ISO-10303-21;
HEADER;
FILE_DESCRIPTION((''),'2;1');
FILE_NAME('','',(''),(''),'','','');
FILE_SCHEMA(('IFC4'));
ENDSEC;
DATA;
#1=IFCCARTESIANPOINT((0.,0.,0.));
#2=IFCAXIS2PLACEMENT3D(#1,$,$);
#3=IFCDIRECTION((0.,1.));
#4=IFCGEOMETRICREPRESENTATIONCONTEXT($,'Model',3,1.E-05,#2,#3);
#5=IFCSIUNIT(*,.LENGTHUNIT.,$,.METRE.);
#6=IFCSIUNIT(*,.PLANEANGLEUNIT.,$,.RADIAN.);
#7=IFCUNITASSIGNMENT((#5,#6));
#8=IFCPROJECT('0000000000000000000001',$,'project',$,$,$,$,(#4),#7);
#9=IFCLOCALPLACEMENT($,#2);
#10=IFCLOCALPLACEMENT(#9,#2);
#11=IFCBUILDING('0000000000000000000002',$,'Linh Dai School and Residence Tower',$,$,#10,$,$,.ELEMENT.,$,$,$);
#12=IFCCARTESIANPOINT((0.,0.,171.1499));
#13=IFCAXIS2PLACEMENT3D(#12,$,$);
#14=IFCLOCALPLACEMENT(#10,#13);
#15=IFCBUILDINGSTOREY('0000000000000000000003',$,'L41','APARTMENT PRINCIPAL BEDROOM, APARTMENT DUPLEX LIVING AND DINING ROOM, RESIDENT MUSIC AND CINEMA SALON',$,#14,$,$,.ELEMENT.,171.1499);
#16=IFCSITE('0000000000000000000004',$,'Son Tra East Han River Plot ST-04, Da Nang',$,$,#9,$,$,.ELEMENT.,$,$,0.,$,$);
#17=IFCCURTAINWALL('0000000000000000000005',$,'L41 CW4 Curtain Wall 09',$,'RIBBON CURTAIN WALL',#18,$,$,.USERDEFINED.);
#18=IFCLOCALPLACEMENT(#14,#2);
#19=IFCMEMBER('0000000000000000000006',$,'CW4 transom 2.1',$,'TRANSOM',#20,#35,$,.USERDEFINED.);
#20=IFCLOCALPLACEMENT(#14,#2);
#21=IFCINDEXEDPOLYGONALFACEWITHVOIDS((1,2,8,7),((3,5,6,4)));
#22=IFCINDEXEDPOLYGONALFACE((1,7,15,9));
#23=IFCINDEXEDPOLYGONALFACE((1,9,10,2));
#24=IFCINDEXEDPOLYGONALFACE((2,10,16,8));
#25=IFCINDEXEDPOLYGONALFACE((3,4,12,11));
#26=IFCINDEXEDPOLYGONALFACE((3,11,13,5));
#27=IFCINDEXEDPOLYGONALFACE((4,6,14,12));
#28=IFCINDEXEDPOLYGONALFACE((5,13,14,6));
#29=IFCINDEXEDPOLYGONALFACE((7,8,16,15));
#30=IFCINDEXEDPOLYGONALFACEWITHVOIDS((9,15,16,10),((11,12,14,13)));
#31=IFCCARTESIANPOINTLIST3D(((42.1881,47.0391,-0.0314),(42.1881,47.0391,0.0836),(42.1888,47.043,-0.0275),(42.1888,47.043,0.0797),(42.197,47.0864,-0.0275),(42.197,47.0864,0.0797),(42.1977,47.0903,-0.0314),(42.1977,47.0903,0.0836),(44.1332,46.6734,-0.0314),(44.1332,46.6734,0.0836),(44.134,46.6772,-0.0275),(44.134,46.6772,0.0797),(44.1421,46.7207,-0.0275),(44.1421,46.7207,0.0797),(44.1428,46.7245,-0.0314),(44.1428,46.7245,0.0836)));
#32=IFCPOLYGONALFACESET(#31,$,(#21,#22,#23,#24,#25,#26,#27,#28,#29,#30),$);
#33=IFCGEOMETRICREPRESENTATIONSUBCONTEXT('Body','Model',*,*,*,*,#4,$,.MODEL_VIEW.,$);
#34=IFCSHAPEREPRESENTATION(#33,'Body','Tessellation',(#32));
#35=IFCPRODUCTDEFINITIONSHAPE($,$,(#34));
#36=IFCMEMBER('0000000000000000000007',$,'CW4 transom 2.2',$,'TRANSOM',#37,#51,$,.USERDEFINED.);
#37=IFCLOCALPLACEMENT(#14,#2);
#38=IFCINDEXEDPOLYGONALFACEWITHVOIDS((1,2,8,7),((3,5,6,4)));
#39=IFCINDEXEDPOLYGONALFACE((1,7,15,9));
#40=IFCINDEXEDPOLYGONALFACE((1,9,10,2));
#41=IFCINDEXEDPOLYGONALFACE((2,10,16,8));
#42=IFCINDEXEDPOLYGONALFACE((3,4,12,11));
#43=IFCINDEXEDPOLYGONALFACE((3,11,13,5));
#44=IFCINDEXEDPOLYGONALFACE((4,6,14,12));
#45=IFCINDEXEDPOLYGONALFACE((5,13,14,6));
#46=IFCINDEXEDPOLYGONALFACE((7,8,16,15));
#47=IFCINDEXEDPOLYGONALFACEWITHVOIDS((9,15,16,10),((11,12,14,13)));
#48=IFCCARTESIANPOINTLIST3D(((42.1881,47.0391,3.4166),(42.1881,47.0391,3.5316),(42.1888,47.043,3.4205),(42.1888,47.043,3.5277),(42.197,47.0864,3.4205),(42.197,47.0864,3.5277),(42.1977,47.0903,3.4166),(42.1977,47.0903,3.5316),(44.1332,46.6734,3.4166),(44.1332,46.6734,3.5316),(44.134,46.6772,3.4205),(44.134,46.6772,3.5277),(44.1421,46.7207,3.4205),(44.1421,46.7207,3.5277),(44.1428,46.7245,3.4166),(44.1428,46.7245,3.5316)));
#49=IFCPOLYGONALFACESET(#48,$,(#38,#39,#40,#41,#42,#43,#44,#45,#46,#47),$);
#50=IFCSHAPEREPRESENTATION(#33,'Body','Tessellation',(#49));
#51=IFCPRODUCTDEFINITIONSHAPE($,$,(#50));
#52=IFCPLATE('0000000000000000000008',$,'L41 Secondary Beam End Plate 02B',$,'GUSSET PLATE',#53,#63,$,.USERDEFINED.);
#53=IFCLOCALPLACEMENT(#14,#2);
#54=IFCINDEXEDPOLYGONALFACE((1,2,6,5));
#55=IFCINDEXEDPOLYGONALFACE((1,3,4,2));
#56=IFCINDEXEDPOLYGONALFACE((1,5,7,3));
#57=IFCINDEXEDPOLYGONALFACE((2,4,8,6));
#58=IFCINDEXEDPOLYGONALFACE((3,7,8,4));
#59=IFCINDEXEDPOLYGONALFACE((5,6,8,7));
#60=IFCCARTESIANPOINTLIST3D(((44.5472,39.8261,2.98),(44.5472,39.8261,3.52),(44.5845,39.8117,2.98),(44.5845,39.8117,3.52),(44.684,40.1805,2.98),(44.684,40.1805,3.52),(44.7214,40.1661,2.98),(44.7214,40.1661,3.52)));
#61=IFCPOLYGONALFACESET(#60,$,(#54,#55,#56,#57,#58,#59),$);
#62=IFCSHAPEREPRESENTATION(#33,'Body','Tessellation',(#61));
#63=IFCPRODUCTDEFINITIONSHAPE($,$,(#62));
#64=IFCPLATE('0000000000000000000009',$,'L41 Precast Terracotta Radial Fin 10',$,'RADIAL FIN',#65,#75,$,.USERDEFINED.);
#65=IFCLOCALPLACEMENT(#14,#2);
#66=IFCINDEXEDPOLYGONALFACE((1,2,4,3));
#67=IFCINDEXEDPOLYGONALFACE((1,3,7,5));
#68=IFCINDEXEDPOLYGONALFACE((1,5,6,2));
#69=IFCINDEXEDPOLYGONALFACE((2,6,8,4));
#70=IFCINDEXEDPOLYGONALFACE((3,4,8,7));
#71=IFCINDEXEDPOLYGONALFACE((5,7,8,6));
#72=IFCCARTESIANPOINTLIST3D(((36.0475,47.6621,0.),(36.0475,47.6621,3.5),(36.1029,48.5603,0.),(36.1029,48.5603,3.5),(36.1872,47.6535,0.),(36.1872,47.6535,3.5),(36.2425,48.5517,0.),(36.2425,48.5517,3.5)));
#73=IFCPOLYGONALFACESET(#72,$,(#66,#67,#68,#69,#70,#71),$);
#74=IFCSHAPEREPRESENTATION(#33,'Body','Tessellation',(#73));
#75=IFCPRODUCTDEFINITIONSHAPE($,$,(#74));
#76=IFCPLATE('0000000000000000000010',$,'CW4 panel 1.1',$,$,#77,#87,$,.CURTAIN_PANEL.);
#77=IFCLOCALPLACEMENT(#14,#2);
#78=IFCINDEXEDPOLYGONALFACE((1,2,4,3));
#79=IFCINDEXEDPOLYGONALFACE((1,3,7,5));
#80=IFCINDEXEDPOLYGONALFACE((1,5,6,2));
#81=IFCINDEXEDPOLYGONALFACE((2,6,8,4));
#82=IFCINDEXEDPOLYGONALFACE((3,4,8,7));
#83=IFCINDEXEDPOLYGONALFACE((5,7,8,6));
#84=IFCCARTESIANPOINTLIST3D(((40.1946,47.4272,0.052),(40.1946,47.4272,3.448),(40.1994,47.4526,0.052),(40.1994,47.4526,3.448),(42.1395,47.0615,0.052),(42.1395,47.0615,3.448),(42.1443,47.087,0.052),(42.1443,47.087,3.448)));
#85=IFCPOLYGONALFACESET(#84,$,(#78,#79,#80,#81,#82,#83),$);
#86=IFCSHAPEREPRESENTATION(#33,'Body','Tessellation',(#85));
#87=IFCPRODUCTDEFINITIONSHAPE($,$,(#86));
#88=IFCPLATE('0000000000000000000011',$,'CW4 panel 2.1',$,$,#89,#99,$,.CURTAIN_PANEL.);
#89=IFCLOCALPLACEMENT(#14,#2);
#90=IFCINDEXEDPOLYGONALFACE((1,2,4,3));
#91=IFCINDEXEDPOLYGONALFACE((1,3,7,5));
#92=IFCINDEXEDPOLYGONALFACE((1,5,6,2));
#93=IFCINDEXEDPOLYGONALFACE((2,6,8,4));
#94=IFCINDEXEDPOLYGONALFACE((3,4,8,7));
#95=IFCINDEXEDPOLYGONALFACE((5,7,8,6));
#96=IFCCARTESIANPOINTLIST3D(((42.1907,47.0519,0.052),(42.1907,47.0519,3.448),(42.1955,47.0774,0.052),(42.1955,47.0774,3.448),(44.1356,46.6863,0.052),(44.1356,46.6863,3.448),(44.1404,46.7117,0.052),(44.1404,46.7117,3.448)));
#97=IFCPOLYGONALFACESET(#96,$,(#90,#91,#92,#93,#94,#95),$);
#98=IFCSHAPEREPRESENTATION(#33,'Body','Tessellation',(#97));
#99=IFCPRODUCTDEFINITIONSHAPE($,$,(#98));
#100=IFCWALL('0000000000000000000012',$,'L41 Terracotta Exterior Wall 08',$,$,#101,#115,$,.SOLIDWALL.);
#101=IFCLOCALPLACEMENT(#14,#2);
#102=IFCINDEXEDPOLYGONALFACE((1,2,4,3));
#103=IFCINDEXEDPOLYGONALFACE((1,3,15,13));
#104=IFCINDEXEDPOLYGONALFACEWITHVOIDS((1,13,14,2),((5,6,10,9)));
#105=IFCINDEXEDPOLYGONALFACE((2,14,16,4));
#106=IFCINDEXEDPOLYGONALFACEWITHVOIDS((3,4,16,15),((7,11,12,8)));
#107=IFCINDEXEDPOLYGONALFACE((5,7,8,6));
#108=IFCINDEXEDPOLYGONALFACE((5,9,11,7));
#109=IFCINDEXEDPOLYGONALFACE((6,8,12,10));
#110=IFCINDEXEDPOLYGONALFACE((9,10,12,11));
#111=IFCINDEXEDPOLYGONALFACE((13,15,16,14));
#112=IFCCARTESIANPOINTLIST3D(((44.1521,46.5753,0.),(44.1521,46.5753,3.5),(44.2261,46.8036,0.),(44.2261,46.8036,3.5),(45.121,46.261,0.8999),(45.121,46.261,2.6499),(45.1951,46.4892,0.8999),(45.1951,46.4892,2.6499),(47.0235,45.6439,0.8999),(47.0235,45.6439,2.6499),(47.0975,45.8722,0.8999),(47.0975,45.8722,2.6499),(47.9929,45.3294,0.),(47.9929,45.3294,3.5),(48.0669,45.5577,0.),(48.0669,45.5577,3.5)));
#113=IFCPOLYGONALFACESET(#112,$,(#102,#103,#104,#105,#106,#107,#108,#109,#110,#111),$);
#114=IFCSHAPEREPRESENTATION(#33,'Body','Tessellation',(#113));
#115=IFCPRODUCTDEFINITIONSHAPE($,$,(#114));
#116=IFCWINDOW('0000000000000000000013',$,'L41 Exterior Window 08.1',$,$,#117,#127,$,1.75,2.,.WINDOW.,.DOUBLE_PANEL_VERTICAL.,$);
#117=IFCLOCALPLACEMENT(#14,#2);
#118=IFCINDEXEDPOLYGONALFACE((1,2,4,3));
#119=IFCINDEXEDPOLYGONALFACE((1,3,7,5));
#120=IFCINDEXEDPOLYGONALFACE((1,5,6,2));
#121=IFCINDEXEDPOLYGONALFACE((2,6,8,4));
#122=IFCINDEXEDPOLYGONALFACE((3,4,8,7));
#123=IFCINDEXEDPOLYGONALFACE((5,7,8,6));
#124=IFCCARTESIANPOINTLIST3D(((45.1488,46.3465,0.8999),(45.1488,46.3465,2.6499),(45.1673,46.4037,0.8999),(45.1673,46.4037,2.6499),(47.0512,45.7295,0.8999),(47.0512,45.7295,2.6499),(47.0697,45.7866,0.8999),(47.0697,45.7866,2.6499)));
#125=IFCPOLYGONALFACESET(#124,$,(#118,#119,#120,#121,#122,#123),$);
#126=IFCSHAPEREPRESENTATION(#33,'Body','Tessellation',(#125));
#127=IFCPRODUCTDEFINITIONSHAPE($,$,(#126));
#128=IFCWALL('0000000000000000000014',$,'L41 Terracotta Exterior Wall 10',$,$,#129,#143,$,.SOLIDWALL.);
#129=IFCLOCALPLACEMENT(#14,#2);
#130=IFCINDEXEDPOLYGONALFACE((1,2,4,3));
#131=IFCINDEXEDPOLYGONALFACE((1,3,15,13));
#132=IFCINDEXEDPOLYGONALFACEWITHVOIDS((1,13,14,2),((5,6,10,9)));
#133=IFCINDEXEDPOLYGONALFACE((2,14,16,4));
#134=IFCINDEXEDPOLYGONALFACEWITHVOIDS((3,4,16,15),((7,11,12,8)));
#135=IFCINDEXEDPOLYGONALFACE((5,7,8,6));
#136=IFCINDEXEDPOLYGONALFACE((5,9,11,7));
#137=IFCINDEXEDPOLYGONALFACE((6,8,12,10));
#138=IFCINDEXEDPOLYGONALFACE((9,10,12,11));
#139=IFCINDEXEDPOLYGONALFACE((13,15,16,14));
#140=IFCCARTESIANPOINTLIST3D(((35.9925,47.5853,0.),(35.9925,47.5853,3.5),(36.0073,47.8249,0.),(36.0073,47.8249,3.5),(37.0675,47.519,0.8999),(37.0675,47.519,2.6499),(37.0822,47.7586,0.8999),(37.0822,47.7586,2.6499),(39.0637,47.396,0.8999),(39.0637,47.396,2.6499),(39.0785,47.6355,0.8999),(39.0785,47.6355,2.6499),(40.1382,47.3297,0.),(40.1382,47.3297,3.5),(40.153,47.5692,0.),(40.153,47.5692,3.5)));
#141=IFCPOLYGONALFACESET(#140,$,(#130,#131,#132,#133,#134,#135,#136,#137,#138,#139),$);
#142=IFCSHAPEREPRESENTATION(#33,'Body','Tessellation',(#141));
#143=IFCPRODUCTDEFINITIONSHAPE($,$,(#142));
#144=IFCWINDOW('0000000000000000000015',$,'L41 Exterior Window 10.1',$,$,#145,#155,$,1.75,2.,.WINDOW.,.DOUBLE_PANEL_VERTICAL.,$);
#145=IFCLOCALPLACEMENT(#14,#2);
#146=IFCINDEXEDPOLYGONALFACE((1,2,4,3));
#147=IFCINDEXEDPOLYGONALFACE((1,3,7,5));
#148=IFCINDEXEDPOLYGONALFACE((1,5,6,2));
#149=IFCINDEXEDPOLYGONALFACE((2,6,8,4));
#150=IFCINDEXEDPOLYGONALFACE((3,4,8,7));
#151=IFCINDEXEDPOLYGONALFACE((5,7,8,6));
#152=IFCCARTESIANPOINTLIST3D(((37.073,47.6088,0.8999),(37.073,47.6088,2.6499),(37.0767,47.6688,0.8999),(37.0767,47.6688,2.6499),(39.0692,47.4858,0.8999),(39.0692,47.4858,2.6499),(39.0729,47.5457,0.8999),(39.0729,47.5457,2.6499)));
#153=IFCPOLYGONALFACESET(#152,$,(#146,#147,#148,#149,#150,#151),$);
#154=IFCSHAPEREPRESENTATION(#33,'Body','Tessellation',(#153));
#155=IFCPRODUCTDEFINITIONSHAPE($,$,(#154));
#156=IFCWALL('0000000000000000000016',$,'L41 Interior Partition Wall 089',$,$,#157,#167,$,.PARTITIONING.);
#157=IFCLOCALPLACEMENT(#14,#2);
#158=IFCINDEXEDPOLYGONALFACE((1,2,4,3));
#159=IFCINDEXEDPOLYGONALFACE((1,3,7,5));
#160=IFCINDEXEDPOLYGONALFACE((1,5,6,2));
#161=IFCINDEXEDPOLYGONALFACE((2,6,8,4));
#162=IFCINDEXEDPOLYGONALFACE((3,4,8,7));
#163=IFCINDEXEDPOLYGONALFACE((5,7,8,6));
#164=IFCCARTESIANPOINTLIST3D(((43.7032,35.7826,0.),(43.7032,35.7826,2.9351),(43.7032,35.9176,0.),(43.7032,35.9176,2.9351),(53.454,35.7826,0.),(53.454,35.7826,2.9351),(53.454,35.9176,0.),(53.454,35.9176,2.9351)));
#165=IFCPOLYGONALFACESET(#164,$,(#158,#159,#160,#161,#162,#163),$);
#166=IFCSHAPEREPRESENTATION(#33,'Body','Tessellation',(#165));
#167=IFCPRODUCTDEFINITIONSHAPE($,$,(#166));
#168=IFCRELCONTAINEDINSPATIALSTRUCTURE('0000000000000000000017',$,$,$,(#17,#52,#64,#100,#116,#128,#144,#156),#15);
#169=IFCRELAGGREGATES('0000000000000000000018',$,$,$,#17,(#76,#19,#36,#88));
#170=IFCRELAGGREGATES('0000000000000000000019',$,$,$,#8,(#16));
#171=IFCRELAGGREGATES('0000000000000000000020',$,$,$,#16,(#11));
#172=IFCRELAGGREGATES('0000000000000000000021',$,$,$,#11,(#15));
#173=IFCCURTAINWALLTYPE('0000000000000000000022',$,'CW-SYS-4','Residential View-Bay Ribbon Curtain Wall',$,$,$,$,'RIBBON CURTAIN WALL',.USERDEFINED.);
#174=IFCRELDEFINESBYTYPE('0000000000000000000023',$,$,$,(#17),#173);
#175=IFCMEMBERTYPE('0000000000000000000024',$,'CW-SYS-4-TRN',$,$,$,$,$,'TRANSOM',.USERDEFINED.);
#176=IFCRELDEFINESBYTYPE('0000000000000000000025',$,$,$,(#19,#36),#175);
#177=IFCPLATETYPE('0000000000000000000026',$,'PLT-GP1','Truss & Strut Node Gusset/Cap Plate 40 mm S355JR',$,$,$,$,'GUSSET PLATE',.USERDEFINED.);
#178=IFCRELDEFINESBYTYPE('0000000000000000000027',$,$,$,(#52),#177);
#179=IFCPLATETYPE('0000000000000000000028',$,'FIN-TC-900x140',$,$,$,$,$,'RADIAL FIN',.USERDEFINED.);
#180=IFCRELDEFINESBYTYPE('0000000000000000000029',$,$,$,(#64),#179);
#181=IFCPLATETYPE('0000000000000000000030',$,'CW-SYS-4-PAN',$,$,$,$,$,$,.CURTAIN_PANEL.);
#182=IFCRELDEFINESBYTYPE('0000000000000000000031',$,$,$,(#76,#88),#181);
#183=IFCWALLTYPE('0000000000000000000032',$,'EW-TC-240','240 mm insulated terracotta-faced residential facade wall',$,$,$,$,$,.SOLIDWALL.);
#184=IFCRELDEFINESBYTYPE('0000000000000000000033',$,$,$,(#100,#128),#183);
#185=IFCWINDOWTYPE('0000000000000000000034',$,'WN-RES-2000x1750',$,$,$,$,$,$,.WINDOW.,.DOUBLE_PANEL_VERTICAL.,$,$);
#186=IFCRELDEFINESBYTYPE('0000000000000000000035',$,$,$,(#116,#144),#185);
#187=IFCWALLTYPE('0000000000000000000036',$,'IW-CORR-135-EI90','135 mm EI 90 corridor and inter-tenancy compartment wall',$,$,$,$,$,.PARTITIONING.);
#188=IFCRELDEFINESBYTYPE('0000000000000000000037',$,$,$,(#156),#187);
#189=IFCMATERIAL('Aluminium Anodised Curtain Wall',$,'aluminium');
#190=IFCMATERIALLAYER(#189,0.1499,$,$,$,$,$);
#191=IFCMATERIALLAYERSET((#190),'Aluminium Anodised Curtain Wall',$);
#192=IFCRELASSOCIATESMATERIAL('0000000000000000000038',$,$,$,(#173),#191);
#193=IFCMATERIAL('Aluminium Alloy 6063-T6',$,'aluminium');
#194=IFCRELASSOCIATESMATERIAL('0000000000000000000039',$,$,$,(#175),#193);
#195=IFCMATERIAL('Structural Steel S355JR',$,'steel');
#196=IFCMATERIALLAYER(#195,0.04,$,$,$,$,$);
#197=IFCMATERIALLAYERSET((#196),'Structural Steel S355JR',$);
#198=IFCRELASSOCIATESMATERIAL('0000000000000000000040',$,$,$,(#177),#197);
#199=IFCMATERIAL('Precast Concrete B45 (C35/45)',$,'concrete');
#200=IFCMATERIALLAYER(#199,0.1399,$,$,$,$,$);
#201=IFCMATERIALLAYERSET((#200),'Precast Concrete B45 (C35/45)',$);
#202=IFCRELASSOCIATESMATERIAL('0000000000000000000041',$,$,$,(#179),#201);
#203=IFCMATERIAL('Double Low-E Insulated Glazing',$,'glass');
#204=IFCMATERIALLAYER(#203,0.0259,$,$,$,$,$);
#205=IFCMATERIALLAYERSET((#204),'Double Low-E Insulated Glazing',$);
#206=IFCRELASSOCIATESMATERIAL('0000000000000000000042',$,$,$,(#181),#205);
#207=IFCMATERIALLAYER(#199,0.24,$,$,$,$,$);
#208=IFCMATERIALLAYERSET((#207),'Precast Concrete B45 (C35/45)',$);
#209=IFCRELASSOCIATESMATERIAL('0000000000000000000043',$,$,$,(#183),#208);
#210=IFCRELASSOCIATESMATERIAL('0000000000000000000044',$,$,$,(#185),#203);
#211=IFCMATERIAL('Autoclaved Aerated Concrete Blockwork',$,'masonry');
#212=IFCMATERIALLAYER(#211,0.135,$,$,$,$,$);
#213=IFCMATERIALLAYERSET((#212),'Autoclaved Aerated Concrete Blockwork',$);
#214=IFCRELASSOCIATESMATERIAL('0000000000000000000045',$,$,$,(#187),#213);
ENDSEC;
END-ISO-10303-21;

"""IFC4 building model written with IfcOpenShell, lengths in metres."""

from ifc_helpers import new_model, si_unit, direction, frame, frame_2d, origin, origin_2d, place, context, subcontext, project, spatial, rectangle, hollow_rectangle, extrude, source, transform, mapped, material, layer, layer_set, material_profile, profile_set, type_object, element, fill, aggregate, save


model = new_model("IFC4")

# Units and contexts
model_context = context("Model", 3, precision=1e-05, world=origin(), true_north=direction((0.0, 1.0)))
body_context = subcontext(model_context, "Body", "Model", "MODEL_VIEW")
ifc_project = project(units=[si_unit("LENGTHUNIT", "METRE"), si_unit("PLANEANGLEUNIT", "RADIAN")], contexts=[model_context])

# Site, building, storey
site_placement = place(None, origin())
site = spatial("IfcSite", under=ifc_project, at=site_placement, Name="Son Tra East Han River Plot ST-04, Da Nang", CompositionType="ELEMENT", RefElevation=0.0)
building_placement = place(site_placement, origin())
building = spatial("IfcBuilding", under=site, at=building_placement, Name="Linh Dai School and Residence Tower", CompositionType="ELEMENT")
storey_placement = place(building_placement, frame((0.0, 0.0, 171.1499)))
storey = spatial("IfcBuildingStorey", under=building, at=storey_placement, Name="L41", Description="APARTMENT PRINCIPAL BEDROOM, APARTMENT DUPLEX LIVING AND DINING ROOM, RESIDENT MUSIC AND CINEMA SALON", CompositionType="ELEMENT", Elevation=171.1499)

# Shared definitions
ifc_material_1 = material(Name="Structural Steel S355JR", Category="steel")

# Curtain wall, members
ifc_material_2 = material(Name="Aluminium Anodised Curtain Wall", Category="aluminium")
ifc_layer_1 = layer(ifc_material_2, 0.1499)
ifc_layer_set_1 = layer_set([ifc_layer_1], Name="Aluminium Anodised Curtain Wall")
curtain_wall_type = type_object("IfcCurtainWallType", Name="CW-SYS-4", Description="Residential View-Bay Ribbon Curtain Wall", ElementType="RIBBON CURTAIN WALL", PredefinedType="USERDEFINED", material=ifc_layer_set_1)
curtain_wall_placement = place(storey_placement, origin())
curtain_wall = element("IfcCurtainWall", 1, at=curtain_wall_placement, inside=storey, type_object=curtain_wall_type, Name="L41 CW4 Curtain Wall 09", ObjectType="RIBBON CURTAIN WALL", PredefinedType="USERDEFINED")
ifc_material_3 = material(Name="Aluminium Alloy 6063-T6", Category="aluminium")
ifc_material_profile_1 = material_profile(ifc_material_3, hollow_rectangle(XDim=0.052, YDim=0.115, WallThickness=0.0039, at=origin_2d()), Name="RHS 115x52x4")
ifc_profile_set_1 = profile_set([ifc_material_profile_1], Name="Aluminium Alloy 6063-T6")
member_type_1 = type_object("IfcMemberType", Name="CW-SYS-4-TRN", ElementType="TRANSOM", PredefinedType="USERDEFINED", material=ifc_profile_set_1)
shared_shape_1 = source(origin(), body_context, "Body", "SweptSolid", [
    extrude(hollow_rectangle(XDim=0.052, YDim=0.115, WallThickness=0.0039, at=origin_2d()), origin(), (0.0, 0.0, 1.0), 1.9792),
])
member_1_placement = place(storey_placement, frame((42.1929, 47.0647, 0.0261), z_axis=(0.982778, -0.184788, 0.0), x_axis=(0.184788, 0.982778, 0.0)))
member_1 = element("IfcMember", 2, at=member_1_placement, type_object=member_type_1, Name="CW4 transom 2.1", ObjectType="TRANSOM", PredefinedType="USERDEFINED", context=body_context, shape_type="MappedRepresentation", body=[
    mapped(shared_shape_1, transform((0.0, 0.0, 0.0), x_axis=(1.0, 0.0, 0.0), y_axis=(0.0, 1.0, 0.0), z_axis=(0.0, 0.0, 1.0), scale=1.0)),
])
member_2_placement = place(storey_placement, frame((42.1929, 47.0647, 3.4741), z_axis=(0.982778, -0.184788, 0.0), x_axis=(0.184788, 0.982778, 0.0)))
member_2 = element("IfcMember", 3, at=member_2_placement, type_object=member_type_1, Name="CW4 transom 2.2", ObjectType="TRANSOM", PredefinedType="USERDEFINED", context=body_context, shape_type="MappedRepresentation", body=[
    mapped(shared_shape_1, transform((0.0, 0.0, 0.0), x_axis=(1.0, 0.0, 0.0), y_axis=(0.0, 1.0, 0.0), z_axis=(0.0, 0.0, 1.0), scale=1.0)),
])

# Plates
ifc_layer_2 = layer(ifc_material_1, 0.04)
ifc_layer_set_2 = layer_set([ifc_layer_2], Name="Structural Steel S355JR")
plate_type_1 = type_object("IfcPlateType", Name="PLT-GP1", Description="Truss & Strut Node Gusset/Cap Plate 40 mm S355JR", ElementType="GUSSET PLATE", PredefinedType="USERDEFINED", material=ifc_layer_set_2)
shared_shape_2 = source(origin(), body_context, "Body", "SweptSolid", [
    extrude(rectangle(XDim=0.04, YDim=0.3799, at=origin_2d()), origin(), (0.0, 0.0, 1.0), 0.54),
])
plate_1_placement = place(storey_placement, frame((44.6343, 39.9961, 2.98), z_axis=(0.0, 0.0, 1.0), x_axis=(-0.932823, 0.360335, 0.0)))
element("IfcPlate", 4, at=plate_1_placement, inside=storey, type_object=plate_type_1, Name="L41 Secondary Beam End Plate 02B", ObjectType="GUSSET PLATE", PredefinedType="USERDEFINED", context=body_context, shape_type="MappedRepresentation", body=[
    mapped(shared_shape_2, transform((0.0, 0.0, 0.0), x_axis=(1.0, 0.0, 0.0), y_axis=(0.0, 1.0, 0.0), z_axis=(0.0, 0.0, 1.0), scale=1.0)),
])
ifc_material_4 = material(Name="Precast Concrete B45 (C35/45)", Category="concrete")
ifc_layer_3 = layer(ifc_material_4, 0.1399)
ifc_layer_set_3 = layer_set([ifc_layer_3], Name="Precast Concrete B45 (C35/45)")
plate_type_2 = type_object("IfcPlateType", Name="FIN-TC-900x140", ElementType="RADIAL FIN", PredefinedType="USERDEFINED", material=ifc_layer_set_3)
shared_shape_3 = source(origin(), body_context, "Body", "SweptSolid", [
    extrude(rectangle(XDim=0.8999, YDim=0.1399, at=origin_2d()), origin(), (0.0, 0.0, 1.0), 3.5),
])
plate_2_placement = place(storey_placement, frame((36.145, 48.1069, 0.0), z_axis=(0.0, 0.0, 1.0), x_axis=(0.061512, 0.998106, 0.0)))
element("IfcPlate", 5, at=plate_2_placement, inside=storey, type_object=plate_type_2, Name="L41 Precast Terracotta Radial Fin 10", ObjectType="RADIAL FIN", PredefinedType="USERDEFINED", context=body_context, shape_type="MappedRepresentation", body=[
    mapped(shared_shape_3, transform((0.0, 0.0, 0.0), x_axis=(1.0, 0.0, 0.0), y_axis=(0.0, 1.0, 0.0), z_axis=(0.0, 0.0, 1.0), scale=1.0)),
])

# Plates
ifc_material_5 = material(Name="Double Low-E Insulated Glazing", Category="glass")
ifc_layer_4 = layer(ifc_material_5, 0.0259)
ifc_layer_set_4 = layer_set([ifc_layer_4], Name="Double Low-E Insulated Glazing")
plate_type_3 = type_object("IfcPlateType", Name="CW-SYS-4-PAN", PredefinedType="CURTAIN_PANEL", material=ifc_layer_set_4)
shared_shape_4 = source(origin(), body_context, "Body", "SweptSolid", [
    extrude(rectangle(XDim=1.979, YDim=0.0259, at=origin_2d()), origin(), (0.0, 0.0, 1.0), 3.396),
])
plate_3_placement = place(storey_placement, frame((41.1694, 47.2571, 0.052), z_axis=(0.0, 0.0, 1.0), x_axis=(0.982783, -0.184763, 0.0)))
plate_3 = element("IfcPlate", 6, at=plate_3_placement, type_object=plate_type_3, Name="CW4 panel 1.1", PredefinedType="CURTAIN_PANEL", context=body_context, shape_type="MappedRepresentation", body=[
    mapped(shared_shape_4, transform((0.0, 0.0, 0.0), x_axis=(1.0, 0.0, 0.0), y_axis=(0.0, 1.0, 0.0), z_axis=(0.0, 0.0, 1.0), scale=1.0)),
])
plate_4_placement = place(storey_placement, frame((43.1655, 46.8818, 0.052), z_axis=(0.0, 0.0, 1.0), x_axis=(0.982783, -0.184763, 0.0)))
plate_4 = element("IfcPlate", 7, at=plate_4_placement, type_object=plate_type_3, Name="CW4 panel 2.1", PredefinedType="CURTAIN_PANEL", context=body_context, shape_type="MappedRepresentation", body=[
    mapped(shared_shape_4, transform((0.0, 0.0, 0.0), x_axis=(1.0, 0.0, 0.0), y_axis=(0.0, 1.0, 0.0), z_axis=(0.0, 0.0, 1.0), scale=1.0)),
])
aggregate(curtain_wall, [plate_3, member_1, member_2, plate_4])

# Walls, openings, windows
ifc_layer_5 = layer(ifc_material_4, 0.24)
ifc_layer_set_5 = layer_set([ifc_layer_5], Name="Precast Concrete B45 (C35/45)")
wall_type_1 = type_object("IfcWallType", Name="EW-TC-240", Description="240 mm insulated terracotta-faced residential facade wall", PredefinedType="SOLIDWALL", material=ifc_layer_set_5)
wall_1_placement = place(storey_placement, frame((44.189, 46.6895, 0.0), z_axis=(0.0, 0.0, 1.0), x_axis=(0.95121, -0.308545, 0.0)))
wall_1 = element("IfcWall", 8, at=wall_1_placement, inside=storey, type_object=wall_type_1, Name="L41 Terracotta Exterior Wall 08", PredefinedType="SOLIDWALL", context=body_context, shape_type="SweptSolid", body=[
    extrude(rectangle(XDim=4.0378, YDim=0.24, at=frame_2d((2.019, 0.0))), origin(), (0.0, 0.0, 1.0), 3.5),
])
opening_1_placement = place(wall_1_placement, frame((1.0188, 0.0, 0.8999)))
opening_1 = element("IfcOpeningElement", 9, at=opening_1_placement, cuts=wall_1, PredefinedType="OPENING", context=body_context, shape_type="SweptSolid", body=[
    extrude(rectangle(XDim=2.0, YDim=1.75, at=origin_2d()), frame((1.0, 0.1299, 0.875), z_axis=(0.0, -1.0, 0.0), x_axis=(1.0, 0.0, 0.0)), (0.0, 0.0, 1.0), 0.26),
])
window_type = type_object("IfcWindowType", Name="WN-RES-2000x1750", PartitioningType="DOUBLE_PANEL_VERTICAL", PredefinedType="WINDOW", material=ifc_material_5)
shared_shape_5 = source(origin(), body_context, "Body", "SweptSolid", [
    extrude(rectangle(XDim=2.0, YDim=1.75, at=origin_2d()), frame((1.0, 0.03, 0.875), z_axis=(0.0, -1.0, 0.0), x_axis=(1.0, 0.0, 0.0)), (0.0, 0.0, 1.0), 0.0601),
])
window_1_placement = place(opening_1_placement, origin())
window_1 = element("IfcWindow", 10, at=window_1_placement, inside=storey, type_object=window_type, Name="L41 Exterior Window 08.1", OverallHeight=1.75, OverallWidth=2.0, PartitioningType="DOUBLE_PANEL_VERTICAL", PredefinedType="WINDOW", context=body_context, shape_type="MappedRepresentation", body=[
    mapped(shared_shape_5, transform((0.0, 0.0, 0.0), x_axis=(1.0, 0.0, 0.0), y_axis=(0.0, 1.0, 0.0), z_axis=(0.0, 0.0, 1.0), scale=1.0)),
])
fill(opening_1, window_1)
wall_2_placement = place(storey_placement, frame((36.0, 47.7051, 0.0), z_axis=(0.0, 0.0, 1.0), x_axis=(0.998105, -0.06154, 0.0)))
wall_2 = element("IfcWall", 11, at=wall_2_placement, inside=storey, type_object=wall_type_1, Name="L41 Terracotta Exterior Wall 10", PredefinedType="SOLIDWALL", context=body_context, shape_type="SweptSolid", body=[
    extrude(rectangle(XDim=4.1536, YDim=0.24, at=frame_2d((2.0767, 0.0))), origin(), (0.0, 0.0, 1.0), 3.5),
])
opening_2_placement = place(wall_2_placement, frame((1.0769, 0.0, 0.8999)))
opening_2 = element("IfcOpeningElement", 12, at=opening_2_placement, cuts=wall_2, PredefinedType="OPENING", context=body_context, shape_type="SweptSolid", body=[
    extrude(rectangle(XDim=2.0, YDim=1.75, at=origin_2d()), frame((1.0, 0.1299, 0.875), z_axis=(0.0, -1.0, 0.0), x_axis=(1.0, 0.0, 0.0)), (0.0, 0.0, 1.0), 0.26),
])
window_2_placement = place(opening_2_placement, origin())
window_2 = element("IfcWindow", 13, at=window_2_placement, inside=storey, type_object=window_type, Name="L41 Exterior Window 10.1", OverallHeight=1.75, OverallWidth=2.0, PartitioningType="DOUBLE_PANEL_VERTICAL", PredefinedType="WINDOW", context=body_context, shape_type="MappedRepresentation", body=[
    mapped(shared_shape_5, transform((0.0, 0.0, 0.0), x_axis=(1.0, 0.0, 0.0), y_axis=(0.0, 1.0, 0.0), z_axis=(0.0, 0.0, 1.0), scale=1.0)),
])
fill(opening_2, window_2)

# Wall
ifc_material_6 = material(Name="Autoclaved Aerated Concrete Blockwork", Category="masonry")
ifc_layer_6 = layer(ifc_material_6, 0.135)
ifc_layer_set_6 = layer_set([ifc_layer_6], Name="Autoclaved Aerated Concrete Blockwork")
wall_type_2 = type_object("IfcWallType", Name="IW-CORR-135-EI90", Description="135 mm EI 90 corridor and inter-tenancy compartment wall", PredefinedType="PARTITIONING", material=ifc_layer_set_6)
wall_3_placement = place(storey_placement, frame((43.7031, 35.8501, 0.0), z_axis=(0.0, 0.0, 1.0), x_axis=(1.0, 0.0, 0.0)))
element("IfcWall", 14, at=wall_3_placement, inside=storey, type_object=wall_type_2, Name="L41 Interior Partition Wall 089", PredefinedType="PARTITIONING", context=body_context, shape_type="SweptSolid", body=[
    extrude(rectangle(XDim=9.7507, YDim=0.135, at=frame_2d((4.8755, 0.0))), origin(), (0.0, 0.0, 1.0), 2.9351),
])

save(model, "model.ifc")
